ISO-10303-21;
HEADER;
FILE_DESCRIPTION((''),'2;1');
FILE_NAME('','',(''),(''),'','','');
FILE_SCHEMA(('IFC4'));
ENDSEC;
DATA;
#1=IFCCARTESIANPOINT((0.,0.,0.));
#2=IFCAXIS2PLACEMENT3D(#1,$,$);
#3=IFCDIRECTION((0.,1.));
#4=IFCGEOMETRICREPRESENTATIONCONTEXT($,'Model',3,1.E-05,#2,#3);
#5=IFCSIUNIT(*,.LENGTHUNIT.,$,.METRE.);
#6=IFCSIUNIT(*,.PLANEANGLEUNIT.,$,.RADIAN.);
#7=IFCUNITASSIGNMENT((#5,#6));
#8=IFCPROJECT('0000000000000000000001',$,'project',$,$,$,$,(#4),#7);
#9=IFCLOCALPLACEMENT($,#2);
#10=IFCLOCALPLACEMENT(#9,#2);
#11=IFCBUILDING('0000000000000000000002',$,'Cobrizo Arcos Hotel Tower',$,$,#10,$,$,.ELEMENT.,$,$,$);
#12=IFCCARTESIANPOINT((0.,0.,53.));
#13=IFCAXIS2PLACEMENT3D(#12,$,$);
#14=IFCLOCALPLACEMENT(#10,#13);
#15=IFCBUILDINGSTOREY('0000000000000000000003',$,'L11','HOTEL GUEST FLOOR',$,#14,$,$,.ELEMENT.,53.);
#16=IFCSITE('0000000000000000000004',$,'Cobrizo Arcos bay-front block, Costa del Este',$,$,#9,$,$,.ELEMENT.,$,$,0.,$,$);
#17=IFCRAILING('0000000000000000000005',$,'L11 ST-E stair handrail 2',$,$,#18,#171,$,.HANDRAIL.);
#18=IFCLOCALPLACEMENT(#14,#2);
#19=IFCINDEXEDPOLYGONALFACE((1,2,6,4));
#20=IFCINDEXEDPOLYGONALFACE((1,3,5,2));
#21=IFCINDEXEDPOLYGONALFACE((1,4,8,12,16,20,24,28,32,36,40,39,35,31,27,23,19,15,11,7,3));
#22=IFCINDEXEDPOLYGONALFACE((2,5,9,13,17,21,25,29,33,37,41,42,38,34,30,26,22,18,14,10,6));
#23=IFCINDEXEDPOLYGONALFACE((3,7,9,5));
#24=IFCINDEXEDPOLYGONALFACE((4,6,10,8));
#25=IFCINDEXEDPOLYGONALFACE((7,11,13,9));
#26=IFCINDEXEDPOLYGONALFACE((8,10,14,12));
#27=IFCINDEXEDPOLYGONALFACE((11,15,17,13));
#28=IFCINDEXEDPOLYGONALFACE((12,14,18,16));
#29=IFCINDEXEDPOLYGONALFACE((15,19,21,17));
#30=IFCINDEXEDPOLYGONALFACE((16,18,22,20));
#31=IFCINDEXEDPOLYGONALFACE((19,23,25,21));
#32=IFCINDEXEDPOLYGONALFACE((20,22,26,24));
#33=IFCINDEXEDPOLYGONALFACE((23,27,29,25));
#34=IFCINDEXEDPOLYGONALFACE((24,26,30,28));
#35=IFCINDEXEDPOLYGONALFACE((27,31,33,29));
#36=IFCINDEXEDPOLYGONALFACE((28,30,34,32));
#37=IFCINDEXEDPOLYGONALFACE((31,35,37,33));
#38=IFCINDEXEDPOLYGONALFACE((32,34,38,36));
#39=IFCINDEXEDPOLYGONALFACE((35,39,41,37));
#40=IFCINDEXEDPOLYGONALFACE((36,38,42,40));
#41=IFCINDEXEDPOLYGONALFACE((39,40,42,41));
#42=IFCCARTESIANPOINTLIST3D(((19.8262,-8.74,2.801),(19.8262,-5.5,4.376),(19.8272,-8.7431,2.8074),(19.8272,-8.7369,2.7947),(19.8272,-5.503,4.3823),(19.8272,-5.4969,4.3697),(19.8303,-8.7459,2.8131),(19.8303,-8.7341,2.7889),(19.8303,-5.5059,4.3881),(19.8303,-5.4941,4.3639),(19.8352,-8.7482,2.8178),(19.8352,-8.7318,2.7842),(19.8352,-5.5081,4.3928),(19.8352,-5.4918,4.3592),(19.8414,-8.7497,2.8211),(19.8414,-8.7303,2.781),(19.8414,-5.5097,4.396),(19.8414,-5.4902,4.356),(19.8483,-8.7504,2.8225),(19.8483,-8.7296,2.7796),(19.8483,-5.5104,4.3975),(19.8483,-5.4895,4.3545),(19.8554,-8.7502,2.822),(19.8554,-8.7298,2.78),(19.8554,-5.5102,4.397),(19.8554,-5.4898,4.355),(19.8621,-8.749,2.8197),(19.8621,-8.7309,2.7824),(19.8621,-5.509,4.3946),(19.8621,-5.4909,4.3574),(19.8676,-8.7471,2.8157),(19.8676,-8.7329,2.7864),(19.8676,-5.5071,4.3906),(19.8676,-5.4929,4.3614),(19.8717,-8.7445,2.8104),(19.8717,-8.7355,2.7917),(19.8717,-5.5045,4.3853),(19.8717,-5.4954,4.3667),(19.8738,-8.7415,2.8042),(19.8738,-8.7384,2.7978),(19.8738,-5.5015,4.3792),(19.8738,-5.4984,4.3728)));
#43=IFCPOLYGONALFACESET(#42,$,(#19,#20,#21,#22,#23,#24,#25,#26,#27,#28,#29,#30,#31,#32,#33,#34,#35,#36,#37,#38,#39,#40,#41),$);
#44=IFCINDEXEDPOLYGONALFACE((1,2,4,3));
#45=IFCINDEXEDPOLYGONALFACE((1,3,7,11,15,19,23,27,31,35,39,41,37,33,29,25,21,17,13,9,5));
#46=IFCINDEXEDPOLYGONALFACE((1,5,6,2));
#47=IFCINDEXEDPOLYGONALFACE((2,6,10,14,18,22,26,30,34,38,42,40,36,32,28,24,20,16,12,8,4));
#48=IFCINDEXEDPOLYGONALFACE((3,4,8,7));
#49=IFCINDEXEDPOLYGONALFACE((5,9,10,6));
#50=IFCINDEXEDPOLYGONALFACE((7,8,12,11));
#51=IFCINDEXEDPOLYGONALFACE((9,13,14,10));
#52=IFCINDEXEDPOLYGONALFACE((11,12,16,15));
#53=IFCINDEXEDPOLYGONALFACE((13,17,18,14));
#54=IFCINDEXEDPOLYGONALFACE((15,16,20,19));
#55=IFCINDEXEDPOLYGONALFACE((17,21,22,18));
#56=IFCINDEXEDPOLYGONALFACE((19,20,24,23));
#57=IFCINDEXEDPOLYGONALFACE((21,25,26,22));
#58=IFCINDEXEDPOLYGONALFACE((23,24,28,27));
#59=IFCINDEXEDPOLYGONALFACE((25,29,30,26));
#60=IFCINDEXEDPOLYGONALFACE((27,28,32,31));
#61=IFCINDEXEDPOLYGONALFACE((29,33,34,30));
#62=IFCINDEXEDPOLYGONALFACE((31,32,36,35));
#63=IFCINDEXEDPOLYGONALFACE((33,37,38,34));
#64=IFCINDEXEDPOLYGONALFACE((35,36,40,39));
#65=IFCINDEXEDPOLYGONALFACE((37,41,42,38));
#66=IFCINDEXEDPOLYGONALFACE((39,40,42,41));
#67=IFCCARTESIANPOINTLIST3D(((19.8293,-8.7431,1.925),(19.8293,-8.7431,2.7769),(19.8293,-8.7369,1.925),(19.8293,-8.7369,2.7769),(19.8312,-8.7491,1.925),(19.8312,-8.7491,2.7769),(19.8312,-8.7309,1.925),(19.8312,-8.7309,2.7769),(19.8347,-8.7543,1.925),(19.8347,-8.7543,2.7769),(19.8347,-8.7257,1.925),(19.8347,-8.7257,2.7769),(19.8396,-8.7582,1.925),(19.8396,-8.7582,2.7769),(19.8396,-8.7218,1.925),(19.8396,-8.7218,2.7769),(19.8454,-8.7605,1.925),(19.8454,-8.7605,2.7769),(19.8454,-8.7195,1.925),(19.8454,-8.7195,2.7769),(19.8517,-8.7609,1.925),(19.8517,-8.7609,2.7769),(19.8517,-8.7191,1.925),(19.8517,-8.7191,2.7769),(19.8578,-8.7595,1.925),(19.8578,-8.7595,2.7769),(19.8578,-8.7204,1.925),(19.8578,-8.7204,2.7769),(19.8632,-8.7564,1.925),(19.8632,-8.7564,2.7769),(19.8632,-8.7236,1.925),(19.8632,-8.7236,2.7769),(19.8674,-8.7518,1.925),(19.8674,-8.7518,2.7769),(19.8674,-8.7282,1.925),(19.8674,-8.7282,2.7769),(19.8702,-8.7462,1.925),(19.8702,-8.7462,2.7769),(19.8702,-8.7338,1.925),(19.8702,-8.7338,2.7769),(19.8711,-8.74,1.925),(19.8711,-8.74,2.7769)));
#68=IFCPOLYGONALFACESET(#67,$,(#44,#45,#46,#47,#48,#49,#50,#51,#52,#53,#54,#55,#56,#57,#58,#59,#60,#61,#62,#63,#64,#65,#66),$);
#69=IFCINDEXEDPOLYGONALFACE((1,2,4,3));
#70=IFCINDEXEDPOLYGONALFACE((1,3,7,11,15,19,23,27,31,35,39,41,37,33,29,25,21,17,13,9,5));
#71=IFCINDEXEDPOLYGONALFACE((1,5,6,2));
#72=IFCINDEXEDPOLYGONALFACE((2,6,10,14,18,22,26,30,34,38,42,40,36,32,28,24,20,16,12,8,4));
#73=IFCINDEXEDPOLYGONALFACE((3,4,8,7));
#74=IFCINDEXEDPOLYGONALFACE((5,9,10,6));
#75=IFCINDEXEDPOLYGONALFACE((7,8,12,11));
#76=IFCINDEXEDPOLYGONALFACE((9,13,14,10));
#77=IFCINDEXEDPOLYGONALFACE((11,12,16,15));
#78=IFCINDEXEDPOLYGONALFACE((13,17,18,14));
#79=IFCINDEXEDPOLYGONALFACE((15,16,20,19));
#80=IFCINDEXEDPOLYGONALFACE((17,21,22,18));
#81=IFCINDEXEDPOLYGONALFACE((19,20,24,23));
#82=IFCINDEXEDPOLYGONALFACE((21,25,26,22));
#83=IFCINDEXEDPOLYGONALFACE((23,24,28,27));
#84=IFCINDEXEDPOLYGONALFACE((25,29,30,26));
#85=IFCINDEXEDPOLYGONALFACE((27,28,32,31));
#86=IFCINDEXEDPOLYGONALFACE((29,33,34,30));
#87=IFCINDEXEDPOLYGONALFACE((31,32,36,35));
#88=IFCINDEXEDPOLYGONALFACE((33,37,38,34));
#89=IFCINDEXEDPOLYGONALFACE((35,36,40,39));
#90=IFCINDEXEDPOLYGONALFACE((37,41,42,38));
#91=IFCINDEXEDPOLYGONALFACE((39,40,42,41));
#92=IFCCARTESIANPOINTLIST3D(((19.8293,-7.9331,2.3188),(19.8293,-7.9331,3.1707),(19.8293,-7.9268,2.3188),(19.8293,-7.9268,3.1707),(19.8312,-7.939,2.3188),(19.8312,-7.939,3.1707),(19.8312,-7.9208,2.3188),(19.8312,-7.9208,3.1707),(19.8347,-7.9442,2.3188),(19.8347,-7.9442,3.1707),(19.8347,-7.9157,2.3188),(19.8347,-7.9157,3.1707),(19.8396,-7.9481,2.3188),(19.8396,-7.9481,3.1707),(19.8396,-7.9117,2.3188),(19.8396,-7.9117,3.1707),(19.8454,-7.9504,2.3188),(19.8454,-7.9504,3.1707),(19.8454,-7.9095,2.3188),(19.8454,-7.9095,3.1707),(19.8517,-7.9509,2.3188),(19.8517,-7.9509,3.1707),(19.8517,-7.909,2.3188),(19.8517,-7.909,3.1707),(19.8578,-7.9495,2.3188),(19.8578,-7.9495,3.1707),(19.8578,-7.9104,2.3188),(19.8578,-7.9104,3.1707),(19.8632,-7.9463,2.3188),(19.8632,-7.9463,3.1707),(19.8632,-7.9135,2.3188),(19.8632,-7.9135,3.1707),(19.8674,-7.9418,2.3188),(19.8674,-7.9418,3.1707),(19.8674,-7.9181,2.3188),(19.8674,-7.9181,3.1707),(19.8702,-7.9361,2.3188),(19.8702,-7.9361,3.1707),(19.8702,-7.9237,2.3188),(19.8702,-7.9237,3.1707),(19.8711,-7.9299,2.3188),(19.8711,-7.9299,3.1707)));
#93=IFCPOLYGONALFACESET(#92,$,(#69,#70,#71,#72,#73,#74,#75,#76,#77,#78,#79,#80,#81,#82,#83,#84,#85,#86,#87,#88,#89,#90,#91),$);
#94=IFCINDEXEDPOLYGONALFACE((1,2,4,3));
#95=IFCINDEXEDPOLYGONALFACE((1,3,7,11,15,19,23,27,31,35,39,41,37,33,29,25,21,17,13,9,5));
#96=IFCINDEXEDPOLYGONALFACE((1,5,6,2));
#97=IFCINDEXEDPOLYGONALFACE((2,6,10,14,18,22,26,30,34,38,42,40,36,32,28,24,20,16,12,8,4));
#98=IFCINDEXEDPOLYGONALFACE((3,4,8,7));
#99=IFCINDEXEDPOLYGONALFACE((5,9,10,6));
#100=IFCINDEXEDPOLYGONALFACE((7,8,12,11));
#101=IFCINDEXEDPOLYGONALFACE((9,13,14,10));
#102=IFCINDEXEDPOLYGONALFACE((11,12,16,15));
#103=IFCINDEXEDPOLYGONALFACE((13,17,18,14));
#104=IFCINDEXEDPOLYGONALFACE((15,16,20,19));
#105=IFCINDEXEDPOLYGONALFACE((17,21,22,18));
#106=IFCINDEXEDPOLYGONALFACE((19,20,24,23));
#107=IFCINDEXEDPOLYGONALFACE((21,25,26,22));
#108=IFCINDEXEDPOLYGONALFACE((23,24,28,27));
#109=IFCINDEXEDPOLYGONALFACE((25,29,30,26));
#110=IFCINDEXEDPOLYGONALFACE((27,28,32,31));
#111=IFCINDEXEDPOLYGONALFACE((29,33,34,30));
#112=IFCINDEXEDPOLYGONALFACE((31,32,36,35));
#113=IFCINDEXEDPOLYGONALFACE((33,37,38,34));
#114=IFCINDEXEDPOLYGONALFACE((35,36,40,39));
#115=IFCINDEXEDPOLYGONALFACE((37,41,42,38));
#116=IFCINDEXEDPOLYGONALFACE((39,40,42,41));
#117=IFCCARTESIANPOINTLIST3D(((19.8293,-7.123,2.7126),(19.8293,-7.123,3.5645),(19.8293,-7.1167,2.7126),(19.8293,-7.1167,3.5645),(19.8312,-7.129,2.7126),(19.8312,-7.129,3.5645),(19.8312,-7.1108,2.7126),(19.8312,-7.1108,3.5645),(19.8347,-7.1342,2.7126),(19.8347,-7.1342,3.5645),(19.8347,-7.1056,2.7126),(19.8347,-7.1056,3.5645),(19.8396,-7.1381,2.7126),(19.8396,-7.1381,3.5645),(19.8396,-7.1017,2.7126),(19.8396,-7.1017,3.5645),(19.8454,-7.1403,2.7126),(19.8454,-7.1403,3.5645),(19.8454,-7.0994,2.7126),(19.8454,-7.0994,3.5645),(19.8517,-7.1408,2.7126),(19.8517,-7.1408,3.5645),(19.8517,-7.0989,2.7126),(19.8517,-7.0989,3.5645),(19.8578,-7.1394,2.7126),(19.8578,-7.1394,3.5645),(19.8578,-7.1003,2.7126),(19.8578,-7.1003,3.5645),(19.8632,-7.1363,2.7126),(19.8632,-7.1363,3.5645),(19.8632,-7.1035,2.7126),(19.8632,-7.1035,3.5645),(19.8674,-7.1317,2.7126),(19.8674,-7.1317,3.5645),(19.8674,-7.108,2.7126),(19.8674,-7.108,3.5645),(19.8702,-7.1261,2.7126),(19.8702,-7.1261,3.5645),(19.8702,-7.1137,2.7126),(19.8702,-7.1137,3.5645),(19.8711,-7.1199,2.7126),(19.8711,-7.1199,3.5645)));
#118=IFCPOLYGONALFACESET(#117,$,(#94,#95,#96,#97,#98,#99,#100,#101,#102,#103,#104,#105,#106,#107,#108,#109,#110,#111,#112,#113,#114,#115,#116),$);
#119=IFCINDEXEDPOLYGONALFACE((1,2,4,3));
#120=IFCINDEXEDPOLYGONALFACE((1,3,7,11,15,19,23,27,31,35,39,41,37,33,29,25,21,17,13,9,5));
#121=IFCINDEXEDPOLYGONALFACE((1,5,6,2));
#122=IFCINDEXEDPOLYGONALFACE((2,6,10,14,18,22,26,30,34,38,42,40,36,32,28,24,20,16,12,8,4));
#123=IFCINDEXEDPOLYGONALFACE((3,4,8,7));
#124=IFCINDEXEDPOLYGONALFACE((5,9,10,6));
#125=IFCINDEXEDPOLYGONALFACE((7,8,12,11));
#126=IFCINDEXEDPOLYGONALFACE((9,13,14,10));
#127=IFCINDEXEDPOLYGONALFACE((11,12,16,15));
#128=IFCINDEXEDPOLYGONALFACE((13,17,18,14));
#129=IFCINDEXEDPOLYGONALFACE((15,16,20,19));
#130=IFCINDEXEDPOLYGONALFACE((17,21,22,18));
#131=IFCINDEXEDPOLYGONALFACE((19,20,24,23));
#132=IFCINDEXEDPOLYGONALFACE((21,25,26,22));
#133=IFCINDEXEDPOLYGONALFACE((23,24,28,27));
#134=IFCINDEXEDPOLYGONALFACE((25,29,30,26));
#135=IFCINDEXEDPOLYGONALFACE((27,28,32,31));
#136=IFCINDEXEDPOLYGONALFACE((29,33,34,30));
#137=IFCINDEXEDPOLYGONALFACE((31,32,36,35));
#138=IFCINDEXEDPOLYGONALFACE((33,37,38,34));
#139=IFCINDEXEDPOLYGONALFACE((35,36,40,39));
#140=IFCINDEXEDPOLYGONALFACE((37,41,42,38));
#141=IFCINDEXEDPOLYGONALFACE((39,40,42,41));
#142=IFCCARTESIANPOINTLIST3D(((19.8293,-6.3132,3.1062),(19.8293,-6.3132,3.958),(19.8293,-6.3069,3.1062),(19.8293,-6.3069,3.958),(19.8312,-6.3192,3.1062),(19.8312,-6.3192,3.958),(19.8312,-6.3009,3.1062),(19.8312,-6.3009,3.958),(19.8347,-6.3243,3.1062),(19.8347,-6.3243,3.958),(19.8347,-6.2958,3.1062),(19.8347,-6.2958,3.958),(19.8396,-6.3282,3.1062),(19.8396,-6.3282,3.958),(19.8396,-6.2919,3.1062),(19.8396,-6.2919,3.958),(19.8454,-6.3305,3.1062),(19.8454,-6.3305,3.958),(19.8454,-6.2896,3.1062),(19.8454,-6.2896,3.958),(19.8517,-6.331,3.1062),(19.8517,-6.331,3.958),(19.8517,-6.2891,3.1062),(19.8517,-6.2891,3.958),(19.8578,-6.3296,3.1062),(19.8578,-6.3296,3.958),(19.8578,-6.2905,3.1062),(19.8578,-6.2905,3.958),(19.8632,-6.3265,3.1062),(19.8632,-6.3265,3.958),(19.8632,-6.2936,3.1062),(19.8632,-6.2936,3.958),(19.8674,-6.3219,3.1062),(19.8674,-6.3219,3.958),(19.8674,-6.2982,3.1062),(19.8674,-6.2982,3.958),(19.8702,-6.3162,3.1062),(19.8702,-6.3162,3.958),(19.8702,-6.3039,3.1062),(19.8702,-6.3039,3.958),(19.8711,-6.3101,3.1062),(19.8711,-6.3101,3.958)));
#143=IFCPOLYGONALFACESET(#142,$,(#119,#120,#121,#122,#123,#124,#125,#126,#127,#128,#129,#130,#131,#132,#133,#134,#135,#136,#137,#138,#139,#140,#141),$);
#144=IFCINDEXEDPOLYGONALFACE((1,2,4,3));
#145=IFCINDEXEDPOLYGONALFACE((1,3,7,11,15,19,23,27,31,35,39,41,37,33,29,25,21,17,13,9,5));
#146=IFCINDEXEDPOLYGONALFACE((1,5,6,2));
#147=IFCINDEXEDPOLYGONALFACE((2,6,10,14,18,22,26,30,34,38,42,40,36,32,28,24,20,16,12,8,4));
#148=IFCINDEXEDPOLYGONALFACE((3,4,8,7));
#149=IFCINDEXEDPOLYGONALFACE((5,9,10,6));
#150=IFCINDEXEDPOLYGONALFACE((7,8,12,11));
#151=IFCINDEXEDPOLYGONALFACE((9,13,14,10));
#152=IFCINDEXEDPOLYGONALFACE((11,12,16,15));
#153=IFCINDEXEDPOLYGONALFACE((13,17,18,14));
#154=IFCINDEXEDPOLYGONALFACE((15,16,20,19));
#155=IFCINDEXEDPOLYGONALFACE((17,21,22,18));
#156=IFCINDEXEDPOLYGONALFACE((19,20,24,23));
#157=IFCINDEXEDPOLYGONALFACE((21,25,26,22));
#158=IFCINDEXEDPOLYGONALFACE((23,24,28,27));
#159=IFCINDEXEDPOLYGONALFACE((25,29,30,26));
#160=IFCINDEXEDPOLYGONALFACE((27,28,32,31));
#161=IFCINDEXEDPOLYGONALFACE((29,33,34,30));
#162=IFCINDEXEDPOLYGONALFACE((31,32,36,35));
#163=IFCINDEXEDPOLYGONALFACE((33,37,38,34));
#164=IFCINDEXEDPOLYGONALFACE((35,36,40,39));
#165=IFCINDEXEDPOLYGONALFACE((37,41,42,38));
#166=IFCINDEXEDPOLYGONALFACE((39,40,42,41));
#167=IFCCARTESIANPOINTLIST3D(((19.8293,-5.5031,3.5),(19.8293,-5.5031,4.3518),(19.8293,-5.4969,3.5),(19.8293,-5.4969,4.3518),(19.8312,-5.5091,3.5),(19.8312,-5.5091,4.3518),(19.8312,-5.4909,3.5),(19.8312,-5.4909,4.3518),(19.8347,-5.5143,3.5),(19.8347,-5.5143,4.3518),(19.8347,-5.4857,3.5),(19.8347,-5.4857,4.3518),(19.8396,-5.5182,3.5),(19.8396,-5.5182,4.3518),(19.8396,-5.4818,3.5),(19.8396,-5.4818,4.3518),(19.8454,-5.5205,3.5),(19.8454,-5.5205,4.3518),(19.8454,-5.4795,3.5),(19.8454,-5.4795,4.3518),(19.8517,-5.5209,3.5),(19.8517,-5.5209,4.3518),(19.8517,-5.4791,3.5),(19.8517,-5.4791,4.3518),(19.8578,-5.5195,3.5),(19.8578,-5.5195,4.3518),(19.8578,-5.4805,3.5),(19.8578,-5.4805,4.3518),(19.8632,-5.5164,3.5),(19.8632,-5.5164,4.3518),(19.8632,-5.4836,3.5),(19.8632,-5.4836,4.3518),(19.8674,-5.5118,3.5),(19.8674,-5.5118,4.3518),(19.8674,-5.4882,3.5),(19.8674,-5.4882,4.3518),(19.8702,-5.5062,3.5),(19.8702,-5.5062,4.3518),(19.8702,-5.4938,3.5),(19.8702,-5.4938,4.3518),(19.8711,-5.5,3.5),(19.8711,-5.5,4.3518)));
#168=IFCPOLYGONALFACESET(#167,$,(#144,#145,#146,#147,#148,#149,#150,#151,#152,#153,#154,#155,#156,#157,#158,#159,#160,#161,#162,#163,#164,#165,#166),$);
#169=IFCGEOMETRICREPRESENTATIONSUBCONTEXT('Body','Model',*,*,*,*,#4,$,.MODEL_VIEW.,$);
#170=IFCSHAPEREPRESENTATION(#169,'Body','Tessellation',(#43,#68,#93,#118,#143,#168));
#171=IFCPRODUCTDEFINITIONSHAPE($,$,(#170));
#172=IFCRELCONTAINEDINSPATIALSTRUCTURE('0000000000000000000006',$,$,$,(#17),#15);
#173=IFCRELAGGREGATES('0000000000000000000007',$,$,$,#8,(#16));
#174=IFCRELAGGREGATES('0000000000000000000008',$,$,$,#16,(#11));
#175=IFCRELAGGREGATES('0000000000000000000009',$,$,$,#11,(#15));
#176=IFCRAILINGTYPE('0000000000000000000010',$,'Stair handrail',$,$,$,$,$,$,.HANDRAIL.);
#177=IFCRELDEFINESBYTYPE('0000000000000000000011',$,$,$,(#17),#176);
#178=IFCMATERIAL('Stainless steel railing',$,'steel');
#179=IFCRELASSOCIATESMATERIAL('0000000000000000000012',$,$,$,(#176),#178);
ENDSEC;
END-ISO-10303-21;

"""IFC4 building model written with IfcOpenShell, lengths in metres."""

from ifc_helpers import new_model, si_unit, direction, frame, origin, origin_2d, place, context, subcontext, project, spatial, circle, extrude, material, type_object, element, save


model = new_model("IFC4")

# Units and contexts
model_context = context("Model", 3, precision=1e-05, world=origin(), true_north=direction((0.0, 1.0)))
body_context = subcontext(model_context, "Body", "Model", "MODEL_VIEW")
ifc_project = project(units=[si_unit("LENGTHUNIT", "METRE"), si_unit("PLANEANGLEUNIT", "RADIAN")], contexts=[model_context])

# Site, building, storey
site_placement = place(None, origin())
site = spatial("IfcSite", under=ifc_project, at=site_placement, Name="Cobrizo Arcos bay-front block, Costa del Este", CompositionType="ELEMENT", RefElevation=0.0)
building_placement = place(site_placement, origin())
building = spatial("IfcBuilding", under=site, at=building_placement, Name="Cobrizo Arcos Hotel Tower", CompositionType="ELEMENT")
storey_placement = place(building_placement, frame((0.0, 0.0, 53.0)))
storey = spatial("IfcBuildingStorey", under=building, at=storey_placement, Name="L11", Description="HOTEL GUEST FLOOR", CompositionType="ELEMENT", Elevation=53.0)

# Railing
ifc_material_1 = material(Name="Stainless steel railing", Category="steel")
railing_type_1 = type_object("IfcRailingType", Name="Stair handrail", PredefinedType="HANDRAIL", material=ifc_material_1)
railing_1_placement = place(storey_placement, frame((19.8501, -8.74, 1.925)))
element("IfcRailing", 1, at=railing_1_placement, inside=storey, type_object=railing_type_1, Name="L11 ST-E stair handrail 2", PredefinedType="HANDRAIL", context=body_context, shape_type="SweptSolid", body=[
    extrude(circle(Radius=0.0239, at=origin_2d()), frame((0.0, 0.0, 0.876), z_axis=(0.0, 0.899373, 0.437183), x_axis=(-1.0, 0.0, 0.0)), (0.0, 0.0, 1.0), 3.6025),
    extrude(circle(Radius=0.021, at=origin_2d()), origin(), (0.0, 0.0, 1.0), 0.8518),
    extrude(circle(Radius=0.021, at=origin_2d()), frame((0.0, 0.8101, 0.3938)), (0.0, 0.0, 1.0), 0.8518),
    extrude(circle(Radius=0.021, at=origin_2d()), frame((0.0, 1.6201, 0.7876)), (0.0, 0.0, 1.0), 0.8518),
    extrude(circle(Radius=0.021, at=origin_2d()), frame((0.0, 2.4299, 1.1812)), (0.0, 0.0, 1.0), 0.8518),
    extrude(circle(Radius=0.021, at=origin_2d()), frame((0.0, 3.24, 1.575)), (0.0, 0.0, 1.0), 0.8518),
])

save(model, "model.ifc")
